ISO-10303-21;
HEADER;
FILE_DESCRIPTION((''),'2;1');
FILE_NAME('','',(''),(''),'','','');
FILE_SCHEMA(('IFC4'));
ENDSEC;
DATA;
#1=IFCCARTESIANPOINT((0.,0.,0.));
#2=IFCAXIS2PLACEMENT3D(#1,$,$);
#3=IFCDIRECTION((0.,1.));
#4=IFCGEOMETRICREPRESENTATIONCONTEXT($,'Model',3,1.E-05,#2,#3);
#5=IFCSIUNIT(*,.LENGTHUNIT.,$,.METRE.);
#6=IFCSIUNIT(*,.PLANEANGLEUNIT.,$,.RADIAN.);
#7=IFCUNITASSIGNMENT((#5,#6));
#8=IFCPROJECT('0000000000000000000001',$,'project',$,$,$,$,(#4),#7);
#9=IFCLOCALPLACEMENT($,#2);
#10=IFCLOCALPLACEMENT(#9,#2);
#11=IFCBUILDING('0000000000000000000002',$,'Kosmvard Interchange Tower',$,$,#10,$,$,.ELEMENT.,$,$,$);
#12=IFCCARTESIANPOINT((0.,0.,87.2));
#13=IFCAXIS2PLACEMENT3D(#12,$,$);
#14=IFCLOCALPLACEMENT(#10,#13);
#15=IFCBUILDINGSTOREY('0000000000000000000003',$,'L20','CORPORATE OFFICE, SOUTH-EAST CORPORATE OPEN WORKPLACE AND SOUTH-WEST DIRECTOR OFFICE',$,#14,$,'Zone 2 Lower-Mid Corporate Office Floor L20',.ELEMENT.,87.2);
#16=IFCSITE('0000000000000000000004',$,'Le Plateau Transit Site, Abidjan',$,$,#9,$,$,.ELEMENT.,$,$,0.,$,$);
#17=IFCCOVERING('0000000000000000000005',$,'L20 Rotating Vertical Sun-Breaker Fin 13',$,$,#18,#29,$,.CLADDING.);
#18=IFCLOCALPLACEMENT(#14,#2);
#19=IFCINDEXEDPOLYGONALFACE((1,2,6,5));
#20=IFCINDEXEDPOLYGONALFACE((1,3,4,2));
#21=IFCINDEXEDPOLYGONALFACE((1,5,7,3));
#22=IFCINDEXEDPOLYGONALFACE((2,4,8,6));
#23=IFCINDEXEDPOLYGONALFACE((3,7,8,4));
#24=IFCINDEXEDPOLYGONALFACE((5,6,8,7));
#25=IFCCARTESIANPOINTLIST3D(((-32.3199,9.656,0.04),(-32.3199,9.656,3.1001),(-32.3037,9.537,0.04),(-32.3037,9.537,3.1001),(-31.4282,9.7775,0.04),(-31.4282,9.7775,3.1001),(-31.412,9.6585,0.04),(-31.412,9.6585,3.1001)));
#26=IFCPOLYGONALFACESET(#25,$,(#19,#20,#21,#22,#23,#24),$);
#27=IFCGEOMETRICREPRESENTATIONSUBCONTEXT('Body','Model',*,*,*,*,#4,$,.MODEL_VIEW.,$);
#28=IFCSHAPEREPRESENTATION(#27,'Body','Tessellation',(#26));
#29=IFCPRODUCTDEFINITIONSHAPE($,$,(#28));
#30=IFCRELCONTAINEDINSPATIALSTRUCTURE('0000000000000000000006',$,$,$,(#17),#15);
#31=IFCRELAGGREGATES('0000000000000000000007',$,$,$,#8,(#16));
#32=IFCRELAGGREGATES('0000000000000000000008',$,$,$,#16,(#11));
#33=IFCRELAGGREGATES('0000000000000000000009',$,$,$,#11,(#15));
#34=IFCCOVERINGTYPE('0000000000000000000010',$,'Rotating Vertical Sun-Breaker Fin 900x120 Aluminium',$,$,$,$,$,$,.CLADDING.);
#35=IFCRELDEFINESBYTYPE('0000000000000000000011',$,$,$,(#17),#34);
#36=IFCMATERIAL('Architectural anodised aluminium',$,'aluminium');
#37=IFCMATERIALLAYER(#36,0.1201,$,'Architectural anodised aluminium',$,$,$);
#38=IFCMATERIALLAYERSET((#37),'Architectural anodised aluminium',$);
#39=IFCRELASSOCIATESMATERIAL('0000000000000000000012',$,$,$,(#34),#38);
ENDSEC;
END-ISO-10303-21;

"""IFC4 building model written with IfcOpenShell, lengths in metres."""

from ifc_helpers import new_model, si_unit, direction, frame, origin, origin_2d, place, context, subcontext, project, spatial, rectangle, extrude, source, transform, mapped, material, layer, layer_set, type_object, element, save


model = new_model("IFC4")

# Units and contexts
model_context = context("Model", 3, precision=1e-05, world=origin(), true_north=direction((0.0, 1.0)))
body_context = subcontext(model_context, "Body", "Model", "MODEL_VIEW")
ifc_project = project(units=[si_unit("LENGTHUNIT", "METRE"), si_unit("PLANEANGLEUNIT", "RADIAN")], contexts=[model_context])

# Site, building, storey
site_placement = place(None, origin())
site = spatial("IfcSite", under=ifc_project, at=site_placement, Name="Le Plateau Transit Site, Abidjan", CompositionType="ELEMENT", RefElevation=0.0)
building_placement = place(site_placement, origin())
building = spatial("IfcBuilding", under=site, at=building_placement, Name="Kosmvard Interchange Tower", CompositionType="ELEMENT")
storey_placement = place(building_placement, frame((0.0, 0.0, 87.2)))
storey = spatial("IfcBuildingStorey", under=building, at=storey_placement, Name="L20", Description="CORPORATE OFFICE, SOUTH-EAST CORPORATE OPEN WORKPLACE AND SOUTH-WEST DIRECTOR OFFICE", LongName="Zone 2 Lower-Mid Corporate Office Floor L20", CompositionType="ELEMENT", Elevation=87.2)

# Covering
ifc_material_1 = material(Name="Architectural anodised aluminium", Category="aluminium")
ifc_layer_1 = layer(ifc_material_1, 0.1201, Name="Architectural anodised aluminium")
ifc_layer_set_1 = layer_set([ifc_layer_1], Name="Architectural anodised aluminium")
covering_type = type_object("IfcCoveringType", Name="Rotating Vertical Sun-Breaker Fin 900x120 Aluminium", PredefinedType="CLADDING", material=ifc_layer_set_1)
shared_shape_1 = source(origin(), body_context, "Body", "SweptSolid", [
    extrude(rectangle(XDim=0.8999, YDim=0.1201, at=origin_2d()), origin(), (0.0, 0.0, 1.0), 3.0601),
])
covering_placement = place(storey_placement, frame((-31.866, 9.6572, 0.04), z_axis=(0.0, 0.0, 1.0), x_axis=(-0.990842, -0.135024, 0.0)))
element("IfcCovering", 1, at=covering_placement, inside=storey, type_object=covering_type, Name="L20 Rotating Vertical Sun-Breaker Fin 13", PredefinedType="CLADDING", context=body_context, shape_type="MappedRepresentation", body=[
    mapped(shared_shape_1, transform((0.0, 0.0, 0.0), scale=1.0)),
])

save(model, "model.ifc")
